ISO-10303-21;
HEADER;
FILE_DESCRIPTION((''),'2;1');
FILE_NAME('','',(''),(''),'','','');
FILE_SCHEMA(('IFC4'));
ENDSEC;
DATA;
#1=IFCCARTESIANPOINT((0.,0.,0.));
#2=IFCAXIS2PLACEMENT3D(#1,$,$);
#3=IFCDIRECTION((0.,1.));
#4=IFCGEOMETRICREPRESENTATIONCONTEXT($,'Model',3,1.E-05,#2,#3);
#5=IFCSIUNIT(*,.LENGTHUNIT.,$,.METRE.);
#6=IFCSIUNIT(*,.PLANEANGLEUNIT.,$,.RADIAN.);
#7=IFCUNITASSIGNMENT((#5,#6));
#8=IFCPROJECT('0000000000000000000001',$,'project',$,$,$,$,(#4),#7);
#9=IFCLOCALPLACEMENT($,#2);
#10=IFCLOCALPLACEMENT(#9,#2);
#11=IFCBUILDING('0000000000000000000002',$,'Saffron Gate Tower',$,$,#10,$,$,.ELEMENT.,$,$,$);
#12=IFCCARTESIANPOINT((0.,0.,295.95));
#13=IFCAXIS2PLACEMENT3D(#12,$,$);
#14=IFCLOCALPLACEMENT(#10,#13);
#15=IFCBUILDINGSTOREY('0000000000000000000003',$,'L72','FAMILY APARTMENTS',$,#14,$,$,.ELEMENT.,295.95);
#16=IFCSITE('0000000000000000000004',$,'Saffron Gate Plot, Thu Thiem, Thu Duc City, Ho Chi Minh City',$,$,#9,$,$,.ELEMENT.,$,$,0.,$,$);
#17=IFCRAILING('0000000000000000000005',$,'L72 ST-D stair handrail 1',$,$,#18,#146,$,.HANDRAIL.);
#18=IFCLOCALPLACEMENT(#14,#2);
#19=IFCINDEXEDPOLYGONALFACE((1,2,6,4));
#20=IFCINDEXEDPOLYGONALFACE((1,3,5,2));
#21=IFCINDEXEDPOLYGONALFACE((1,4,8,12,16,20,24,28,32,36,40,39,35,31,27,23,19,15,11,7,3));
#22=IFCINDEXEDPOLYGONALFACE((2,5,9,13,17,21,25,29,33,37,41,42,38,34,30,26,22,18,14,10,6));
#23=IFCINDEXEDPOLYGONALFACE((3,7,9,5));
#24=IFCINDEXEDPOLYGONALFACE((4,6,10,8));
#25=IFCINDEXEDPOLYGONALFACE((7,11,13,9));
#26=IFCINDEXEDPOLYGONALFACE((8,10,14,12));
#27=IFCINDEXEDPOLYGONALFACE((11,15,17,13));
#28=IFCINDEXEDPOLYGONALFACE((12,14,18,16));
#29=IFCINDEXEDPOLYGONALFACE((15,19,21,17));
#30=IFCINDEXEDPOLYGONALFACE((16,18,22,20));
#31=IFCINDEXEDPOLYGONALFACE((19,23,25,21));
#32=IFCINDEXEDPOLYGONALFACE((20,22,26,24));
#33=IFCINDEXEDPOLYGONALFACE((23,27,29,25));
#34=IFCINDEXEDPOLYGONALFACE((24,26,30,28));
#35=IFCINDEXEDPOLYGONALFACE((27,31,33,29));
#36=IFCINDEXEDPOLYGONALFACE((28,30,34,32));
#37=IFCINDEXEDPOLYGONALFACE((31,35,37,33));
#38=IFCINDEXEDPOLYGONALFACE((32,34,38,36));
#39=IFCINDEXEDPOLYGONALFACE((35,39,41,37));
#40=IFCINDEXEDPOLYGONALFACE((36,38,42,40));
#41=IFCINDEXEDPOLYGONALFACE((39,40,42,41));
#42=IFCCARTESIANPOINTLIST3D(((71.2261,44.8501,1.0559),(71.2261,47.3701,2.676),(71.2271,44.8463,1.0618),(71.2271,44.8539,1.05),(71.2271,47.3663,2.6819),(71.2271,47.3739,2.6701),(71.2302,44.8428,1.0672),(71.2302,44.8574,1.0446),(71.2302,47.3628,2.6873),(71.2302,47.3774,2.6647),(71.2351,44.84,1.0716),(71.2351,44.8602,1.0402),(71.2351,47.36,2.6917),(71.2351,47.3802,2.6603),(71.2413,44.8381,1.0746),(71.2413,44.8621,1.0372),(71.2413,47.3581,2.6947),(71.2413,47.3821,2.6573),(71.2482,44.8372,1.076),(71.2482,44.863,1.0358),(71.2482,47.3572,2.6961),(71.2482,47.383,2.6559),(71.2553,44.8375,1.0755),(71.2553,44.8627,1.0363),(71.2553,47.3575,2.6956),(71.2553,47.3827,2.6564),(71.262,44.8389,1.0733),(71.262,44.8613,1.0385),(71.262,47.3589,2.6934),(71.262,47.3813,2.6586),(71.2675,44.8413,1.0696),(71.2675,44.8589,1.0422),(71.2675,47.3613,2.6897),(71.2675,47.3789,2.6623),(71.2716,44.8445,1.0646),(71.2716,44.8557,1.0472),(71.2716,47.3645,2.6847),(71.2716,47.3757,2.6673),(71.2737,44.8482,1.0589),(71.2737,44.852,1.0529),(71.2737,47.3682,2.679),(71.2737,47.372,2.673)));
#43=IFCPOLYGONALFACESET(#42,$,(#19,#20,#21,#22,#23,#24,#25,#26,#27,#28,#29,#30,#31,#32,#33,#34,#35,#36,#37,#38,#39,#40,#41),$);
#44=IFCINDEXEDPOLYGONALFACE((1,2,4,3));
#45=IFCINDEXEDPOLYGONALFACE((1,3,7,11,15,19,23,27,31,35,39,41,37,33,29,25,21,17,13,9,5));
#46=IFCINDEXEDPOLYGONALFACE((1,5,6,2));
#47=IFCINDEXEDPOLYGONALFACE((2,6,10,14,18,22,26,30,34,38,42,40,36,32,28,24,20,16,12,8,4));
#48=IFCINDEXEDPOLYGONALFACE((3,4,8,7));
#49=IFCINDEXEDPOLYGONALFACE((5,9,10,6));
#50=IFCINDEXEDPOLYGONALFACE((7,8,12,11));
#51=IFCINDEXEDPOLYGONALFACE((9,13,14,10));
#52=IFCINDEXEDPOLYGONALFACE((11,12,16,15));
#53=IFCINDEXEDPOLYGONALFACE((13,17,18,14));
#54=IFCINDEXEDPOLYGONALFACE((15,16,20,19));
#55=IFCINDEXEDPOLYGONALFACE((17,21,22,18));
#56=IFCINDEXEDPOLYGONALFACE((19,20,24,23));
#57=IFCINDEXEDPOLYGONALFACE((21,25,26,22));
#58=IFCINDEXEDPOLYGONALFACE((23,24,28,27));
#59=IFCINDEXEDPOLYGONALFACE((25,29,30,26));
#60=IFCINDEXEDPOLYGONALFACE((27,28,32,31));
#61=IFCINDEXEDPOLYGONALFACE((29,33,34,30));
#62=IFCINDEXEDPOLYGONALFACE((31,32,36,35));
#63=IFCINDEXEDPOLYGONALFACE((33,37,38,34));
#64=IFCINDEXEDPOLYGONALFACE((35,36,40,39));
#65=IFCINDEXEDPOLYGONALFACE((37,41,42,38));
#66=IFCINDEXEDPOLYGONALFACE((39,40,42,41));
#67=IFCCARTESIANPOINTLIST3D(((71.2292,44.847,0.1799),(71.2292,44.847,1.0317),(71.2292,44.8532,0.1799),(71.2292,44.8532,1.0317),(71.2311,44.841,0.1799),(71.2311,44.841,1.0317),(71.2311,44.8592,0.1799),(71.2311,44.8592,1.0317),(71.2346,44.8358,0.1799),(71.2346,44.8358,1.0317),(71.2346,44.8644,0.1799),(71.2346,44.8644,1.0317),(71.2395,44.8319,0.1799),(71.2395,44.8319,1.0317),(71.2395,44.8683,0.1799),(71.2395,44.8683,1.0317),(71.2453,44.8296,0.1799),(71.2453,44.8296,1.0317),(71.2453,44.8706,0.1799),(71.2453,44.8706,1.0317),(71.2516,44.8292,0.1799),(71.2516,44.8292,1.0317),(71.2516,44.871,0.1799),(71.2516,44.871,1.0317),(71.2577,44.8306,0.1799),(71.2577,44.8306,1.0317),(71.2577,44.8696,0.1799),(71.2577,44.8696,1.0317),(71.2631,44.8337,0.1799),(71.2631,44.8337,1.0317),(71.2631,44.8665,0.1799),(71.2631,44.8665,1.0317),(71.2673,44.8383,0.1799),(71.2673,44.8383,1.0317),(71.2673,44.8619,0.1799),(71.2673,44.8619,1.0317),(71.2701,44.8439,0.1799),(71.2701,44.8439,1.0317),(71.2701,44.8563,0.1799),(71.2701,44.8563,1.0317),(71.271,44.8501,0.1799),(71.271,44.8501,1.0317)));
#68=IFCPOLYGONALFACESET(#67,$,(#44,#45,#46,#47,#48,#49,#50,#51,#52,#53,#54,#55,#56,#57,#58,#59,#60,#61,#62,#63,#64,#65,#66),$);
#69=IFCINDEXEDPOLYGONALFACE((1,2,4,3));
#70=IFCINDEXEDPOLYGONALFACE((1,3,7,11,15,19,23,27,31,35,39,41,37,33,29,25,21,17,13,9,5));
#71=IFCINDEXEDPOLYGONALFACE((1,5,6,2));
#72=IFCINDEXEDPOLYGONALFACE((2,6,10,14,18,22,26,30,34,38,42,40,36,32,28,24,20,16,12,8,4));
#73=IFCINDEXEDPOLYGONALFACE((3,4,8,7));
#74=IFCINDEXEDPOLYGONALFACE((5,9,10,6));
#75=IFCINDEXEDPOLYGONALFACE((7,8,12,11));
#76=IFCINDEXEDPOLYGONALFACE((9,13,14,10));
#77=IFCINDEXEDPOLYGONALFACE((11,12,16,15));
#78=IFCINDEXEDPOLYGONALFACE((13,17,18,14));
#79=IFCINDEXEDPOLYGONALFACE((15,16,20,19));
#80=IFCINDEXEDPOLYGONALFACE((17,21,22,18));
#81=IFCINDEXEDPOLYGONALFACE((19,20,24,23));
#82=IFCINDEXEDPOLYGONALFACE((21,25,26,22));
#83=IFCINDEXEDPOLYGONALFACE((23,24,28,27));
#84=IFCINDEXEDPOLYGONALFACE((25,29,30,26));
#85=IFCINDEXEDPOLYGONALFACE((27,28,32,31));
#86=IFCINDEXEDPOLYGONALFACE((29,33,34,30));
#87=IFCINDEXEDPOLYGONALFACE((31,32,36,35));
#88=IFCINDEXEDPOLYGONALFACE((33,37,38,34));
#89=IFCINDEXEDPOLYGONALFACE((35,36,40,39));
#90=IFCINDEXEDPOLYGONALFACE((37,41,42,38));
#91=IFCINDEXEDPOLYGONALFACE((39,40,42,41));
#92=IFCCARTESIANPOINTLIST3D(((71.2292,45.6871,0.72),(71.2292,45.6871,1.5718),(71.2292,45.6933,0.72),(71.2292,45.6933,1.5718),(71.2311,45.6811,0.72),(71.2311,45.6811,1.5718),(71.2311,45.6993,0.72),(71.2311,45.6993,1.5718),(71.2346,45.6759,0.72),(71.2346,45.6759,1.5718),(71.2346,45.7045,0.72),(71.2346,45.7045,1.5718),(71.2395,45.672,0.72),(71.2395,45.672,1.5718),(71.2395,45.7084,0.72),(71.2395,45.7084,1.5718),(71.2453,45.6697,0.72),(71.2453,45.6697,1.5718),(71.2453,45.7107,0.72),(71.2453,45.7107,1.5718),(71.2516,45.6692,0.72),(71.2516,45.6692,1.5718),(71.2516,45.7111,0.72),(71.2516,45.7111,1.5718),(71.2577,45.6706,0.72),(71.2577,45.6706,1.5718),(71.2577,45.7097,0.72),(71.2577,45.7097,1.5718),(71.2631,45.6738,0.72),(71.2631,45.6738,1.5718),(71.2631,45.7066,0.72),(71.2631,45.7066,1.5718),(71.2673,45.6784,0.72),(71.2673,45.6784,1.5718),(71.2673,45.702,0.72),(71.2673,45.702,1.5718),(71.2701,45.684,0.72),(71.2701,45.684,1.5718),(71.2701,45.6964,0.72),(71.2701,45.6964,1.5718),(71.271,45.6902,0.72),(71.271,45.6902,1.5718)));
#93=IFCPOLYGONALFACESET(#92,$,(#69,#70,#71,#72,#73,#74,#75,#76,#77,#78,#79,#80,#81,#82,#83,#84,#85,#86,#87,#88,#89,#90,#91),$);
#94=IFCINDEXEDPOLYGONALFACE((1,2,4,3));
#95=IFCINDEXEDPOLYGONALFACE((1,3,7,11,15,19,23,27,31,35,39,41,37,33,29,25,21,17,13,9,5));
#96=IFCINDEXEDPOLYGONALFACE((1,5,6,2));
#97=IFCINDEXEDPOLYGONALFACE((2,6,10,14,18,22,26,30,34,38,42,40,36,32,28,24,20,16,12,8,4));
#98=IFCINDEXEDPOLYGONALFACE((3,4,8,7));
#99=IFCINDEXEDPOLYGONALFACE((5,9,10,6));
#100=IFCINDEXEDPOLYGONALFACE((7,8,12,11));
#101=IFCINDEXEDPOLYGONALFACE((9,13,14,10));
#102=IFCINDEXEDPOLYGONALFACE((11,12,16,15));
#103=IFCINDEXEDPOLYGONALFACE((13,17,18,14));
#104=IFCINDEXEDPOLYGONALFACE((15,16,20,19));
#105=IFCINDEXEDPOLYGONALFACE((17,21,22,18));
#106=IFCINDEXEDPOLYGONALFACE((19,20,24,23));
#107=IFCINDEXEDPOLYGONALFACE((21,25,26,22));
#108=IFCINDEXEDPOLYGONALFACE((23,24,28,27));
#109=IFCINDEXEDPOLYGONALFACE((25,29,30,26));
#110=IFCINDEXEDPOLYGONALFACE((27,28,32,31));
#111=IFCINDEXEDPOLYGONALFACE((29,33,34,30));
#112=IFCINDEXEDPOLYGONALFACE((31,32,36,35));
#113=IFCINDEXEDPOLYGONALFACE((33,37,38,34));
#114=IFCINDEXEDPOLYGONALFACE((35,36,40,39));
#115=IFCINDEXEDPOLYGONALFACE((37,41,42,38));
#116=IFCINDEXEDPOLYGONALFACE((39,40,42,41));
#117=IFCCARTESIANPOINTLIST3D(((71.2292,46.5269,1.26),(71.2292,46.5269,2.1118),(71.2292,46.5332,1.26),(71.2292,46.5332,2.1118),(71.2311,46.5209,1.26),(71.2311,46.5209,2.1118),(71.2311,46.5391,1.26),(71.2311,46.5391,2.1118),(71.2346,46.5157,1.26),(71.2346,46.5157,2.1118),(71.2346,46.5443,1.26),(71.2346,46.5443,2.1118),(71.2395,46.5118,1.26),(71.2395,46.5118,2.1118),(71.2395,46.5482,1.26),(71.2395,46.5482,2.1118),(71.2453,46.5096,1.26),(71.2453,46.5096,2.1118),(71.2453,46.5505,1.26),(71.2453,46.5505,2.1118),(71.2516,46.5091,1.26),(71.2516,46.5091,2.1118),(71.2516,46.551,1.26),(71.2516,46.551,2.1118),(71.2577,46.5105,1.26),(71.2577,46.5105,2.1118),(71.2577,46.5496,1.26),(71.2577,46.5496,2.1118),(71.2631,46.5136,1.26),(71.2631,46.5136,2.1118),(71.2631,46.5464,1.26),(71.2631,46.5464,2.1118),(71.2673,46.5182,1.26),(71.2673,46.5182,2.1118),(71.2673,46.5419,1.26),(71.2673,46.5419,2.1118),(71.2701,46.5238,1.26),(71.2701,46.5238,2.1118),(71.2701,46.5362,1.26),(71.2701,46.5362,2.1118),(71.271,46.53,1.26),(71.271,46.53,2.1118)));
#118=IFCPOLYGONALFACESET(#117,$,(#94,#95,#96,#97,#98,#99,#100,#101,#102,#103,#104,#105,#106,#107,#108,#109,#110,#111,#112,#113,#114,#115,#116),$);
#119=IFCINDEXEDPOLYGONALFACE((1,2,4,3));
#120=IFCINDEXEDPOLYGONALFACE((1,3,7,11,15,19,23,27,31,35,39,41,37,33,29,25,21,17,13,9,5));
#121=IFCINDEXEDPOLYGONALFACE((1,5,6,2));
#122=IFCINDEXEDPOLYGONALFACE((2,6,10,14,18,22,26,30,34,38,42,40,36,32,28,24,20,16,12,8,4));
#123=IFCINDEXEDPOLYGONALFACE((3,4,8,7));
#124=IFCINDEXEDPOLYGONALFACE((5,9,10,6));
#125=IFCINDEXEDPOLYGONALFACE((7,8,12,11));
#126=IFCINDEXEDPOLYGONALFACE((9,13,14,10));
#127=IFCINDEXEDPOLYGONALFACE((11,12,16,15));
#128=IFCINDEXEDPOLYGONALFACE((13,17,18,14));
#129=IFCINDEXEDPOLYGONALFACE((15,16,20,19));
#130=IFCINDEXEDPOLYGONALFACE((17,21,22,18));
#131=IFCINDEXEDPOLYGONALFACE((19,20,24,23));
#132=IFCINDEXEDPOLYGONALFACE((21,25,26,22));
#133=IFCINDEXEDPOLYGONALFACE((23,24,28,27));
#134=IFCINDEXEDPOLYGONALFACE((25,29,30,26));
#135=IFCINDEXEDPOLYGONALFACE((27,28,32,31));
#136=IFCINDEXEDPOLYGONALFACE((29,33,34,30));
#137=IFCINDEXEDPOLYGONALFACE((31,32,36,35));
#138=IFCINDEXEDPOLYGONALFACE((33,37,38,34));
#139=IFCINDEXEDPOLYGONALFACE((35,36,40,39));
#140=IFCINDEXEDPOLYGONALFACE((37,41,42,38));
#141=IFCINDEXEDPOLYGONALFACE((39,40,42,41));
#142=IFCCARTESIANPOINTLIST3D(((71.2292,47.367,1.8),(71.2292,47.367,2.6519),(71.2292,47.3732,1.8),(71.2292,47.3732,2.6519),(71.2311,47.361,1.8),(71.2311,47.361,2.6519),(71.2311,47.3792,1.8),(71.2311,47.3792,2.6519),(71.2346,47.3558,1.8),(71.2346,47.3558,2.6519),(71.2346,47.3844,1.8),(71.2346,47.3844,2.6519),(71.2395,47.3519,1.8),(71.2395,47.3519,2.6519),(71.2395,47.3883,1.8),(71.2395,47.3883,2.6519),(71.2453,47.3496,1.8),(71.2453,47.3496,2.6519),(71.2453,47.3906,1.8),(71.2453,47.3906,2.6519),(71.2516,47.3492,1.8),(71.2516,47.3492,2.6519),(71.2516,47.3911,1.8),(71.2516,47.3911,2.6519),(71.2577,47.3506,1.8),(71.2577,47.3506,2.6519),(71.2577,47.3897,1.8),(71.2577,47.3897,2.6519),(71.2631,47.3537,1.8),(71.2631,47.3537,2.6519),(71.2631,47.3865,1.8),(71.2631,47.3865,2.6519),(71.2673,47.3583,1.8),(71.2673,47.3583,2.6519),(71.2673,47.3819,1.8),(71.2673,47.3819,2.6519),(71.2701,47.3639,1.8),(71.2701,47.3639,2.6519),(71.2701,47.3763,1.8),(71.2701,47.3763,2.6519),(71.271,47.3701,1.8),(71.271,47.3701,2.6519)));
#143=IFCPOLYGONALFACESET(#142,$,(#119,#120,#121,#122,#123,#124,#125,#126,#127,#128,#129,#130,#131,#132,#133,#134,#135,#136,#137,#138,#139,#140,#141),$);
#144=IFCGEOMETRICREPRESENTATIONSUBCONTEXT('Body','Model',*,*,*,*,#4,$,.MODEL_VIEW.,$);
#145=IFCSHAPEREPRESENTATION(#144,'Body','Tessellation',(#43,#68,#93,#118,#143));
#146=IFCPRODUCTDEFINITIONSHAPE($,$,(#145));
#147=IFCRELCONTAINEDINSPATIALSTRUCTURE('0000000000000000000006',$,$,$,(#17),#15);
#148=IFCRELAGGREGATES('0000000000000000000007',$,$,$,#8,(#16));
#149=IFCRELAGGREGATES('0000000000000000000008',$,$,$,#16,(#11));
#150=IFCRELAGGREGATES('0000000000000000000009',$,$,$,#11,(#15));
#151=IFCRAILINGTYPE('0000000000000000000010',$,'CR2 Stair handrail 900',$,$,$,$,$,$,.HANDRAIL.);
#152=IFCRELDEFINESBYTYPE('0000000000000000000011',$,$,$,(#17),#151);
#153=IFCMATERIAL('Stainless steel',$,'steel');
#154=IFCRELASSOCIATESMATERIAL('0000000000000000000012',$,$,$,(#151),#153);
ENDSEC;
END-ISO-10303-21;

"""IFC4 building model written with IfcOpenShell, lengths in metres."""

from ifc_helpers import new_model, si_unit, direction, frame, origin, origin_2d, place, context, subcontext, project, spatial, circle, extrude, material, type_object, element, save


model = new_model("IFC4")

# Units and contexts
model_context = context("Model", 3, precision=1e-05, world=origin(), true_north=direction((0.0, 1.0)))
body_context = subcontext(model_context, "Body", "Model", "MODEL_VIEW")
ifc_project = project(units=[si_unit("LENGTHUNIT", "METRE"), si_unit("PLANEANGLEUNIT", "RADIAN")], contexts=[model_context])

# Site, building, storey
site_placement = place(None, origin())
site = spatial("IfcSite", under=ifc_project, at=site_placement, Name="Saffron Gate Plot, Thu Thiem, Thu Duc City, Ho Chi Minh City", CompositionType="ELEMENT", RefElevation=0.0)
building_placement = place(site_placement, origin())
building = spatial("IfcBuilding", under=site, at=building_placement, Name="Saffron Gate Tower", CompositionType="ELEMENT")
storey_placement = place(building_placement, frame((0.0, 0.0, 295.95)))
storey = spatial("IfcBuildingStorey", under=building, at=storey_placement, Name="L72", Description="FAMILY APARTMENTS", CompositionType="ELEMENT", Elevation=295.95)

# Railing
ifc_material_1 = material(Name="Stainless steel", Category="steel")
railing_type_1 = type_object("IfcRailingType", Name="CR2 Stair handrail 900", PredefinedType="HANDRAIL", material=ifc_material_1)
railing_1_placement = place(storey_placement, frame((71.25, 44.8501, 0.1799)))
element("IfcRailing", 1, at=railing_1_placement, inside=storey, type_object=railing_type_1, Name="L72 ST-D stair handrail 1", PredefinedType="HANDRAIL", context=body_context, shape_type="SweptSolid", body=[
    extrude(circle(Radius=0.0239, at=origin_2d()), frame((0.0, 0.0, 0.876), z_axis=(0.0, 0.841163, 0.540782), x_axis=(-1.0, 0.0, 0.0)), (0.0, 0.0, 1.0), 2.9958),
    extrude(circle(Radius=0.021, at=origin_2d()), origin(), (0.0, 0.0, 1.0), 0.8518),
    extrude(circle(Radius=0.021, at=origin_2d()), frame((0.0, 0.8401, 0.54)), (0.0, 0.0, 1.0), 0.8518),
    extrude(circle(Radius=0.021, at=origin_2d()), frame((0.0, 1.6799, 1.0801)), (0.0, 0.0, 1.0), 0.8518),
    extrude(circle(Radius=0.021, at=origin_2d()), frame((0.0, 2.52, 1.6201)), (0.0, 0.0, 1.0), 0.8518),
])

save(model, "model.ifc")
